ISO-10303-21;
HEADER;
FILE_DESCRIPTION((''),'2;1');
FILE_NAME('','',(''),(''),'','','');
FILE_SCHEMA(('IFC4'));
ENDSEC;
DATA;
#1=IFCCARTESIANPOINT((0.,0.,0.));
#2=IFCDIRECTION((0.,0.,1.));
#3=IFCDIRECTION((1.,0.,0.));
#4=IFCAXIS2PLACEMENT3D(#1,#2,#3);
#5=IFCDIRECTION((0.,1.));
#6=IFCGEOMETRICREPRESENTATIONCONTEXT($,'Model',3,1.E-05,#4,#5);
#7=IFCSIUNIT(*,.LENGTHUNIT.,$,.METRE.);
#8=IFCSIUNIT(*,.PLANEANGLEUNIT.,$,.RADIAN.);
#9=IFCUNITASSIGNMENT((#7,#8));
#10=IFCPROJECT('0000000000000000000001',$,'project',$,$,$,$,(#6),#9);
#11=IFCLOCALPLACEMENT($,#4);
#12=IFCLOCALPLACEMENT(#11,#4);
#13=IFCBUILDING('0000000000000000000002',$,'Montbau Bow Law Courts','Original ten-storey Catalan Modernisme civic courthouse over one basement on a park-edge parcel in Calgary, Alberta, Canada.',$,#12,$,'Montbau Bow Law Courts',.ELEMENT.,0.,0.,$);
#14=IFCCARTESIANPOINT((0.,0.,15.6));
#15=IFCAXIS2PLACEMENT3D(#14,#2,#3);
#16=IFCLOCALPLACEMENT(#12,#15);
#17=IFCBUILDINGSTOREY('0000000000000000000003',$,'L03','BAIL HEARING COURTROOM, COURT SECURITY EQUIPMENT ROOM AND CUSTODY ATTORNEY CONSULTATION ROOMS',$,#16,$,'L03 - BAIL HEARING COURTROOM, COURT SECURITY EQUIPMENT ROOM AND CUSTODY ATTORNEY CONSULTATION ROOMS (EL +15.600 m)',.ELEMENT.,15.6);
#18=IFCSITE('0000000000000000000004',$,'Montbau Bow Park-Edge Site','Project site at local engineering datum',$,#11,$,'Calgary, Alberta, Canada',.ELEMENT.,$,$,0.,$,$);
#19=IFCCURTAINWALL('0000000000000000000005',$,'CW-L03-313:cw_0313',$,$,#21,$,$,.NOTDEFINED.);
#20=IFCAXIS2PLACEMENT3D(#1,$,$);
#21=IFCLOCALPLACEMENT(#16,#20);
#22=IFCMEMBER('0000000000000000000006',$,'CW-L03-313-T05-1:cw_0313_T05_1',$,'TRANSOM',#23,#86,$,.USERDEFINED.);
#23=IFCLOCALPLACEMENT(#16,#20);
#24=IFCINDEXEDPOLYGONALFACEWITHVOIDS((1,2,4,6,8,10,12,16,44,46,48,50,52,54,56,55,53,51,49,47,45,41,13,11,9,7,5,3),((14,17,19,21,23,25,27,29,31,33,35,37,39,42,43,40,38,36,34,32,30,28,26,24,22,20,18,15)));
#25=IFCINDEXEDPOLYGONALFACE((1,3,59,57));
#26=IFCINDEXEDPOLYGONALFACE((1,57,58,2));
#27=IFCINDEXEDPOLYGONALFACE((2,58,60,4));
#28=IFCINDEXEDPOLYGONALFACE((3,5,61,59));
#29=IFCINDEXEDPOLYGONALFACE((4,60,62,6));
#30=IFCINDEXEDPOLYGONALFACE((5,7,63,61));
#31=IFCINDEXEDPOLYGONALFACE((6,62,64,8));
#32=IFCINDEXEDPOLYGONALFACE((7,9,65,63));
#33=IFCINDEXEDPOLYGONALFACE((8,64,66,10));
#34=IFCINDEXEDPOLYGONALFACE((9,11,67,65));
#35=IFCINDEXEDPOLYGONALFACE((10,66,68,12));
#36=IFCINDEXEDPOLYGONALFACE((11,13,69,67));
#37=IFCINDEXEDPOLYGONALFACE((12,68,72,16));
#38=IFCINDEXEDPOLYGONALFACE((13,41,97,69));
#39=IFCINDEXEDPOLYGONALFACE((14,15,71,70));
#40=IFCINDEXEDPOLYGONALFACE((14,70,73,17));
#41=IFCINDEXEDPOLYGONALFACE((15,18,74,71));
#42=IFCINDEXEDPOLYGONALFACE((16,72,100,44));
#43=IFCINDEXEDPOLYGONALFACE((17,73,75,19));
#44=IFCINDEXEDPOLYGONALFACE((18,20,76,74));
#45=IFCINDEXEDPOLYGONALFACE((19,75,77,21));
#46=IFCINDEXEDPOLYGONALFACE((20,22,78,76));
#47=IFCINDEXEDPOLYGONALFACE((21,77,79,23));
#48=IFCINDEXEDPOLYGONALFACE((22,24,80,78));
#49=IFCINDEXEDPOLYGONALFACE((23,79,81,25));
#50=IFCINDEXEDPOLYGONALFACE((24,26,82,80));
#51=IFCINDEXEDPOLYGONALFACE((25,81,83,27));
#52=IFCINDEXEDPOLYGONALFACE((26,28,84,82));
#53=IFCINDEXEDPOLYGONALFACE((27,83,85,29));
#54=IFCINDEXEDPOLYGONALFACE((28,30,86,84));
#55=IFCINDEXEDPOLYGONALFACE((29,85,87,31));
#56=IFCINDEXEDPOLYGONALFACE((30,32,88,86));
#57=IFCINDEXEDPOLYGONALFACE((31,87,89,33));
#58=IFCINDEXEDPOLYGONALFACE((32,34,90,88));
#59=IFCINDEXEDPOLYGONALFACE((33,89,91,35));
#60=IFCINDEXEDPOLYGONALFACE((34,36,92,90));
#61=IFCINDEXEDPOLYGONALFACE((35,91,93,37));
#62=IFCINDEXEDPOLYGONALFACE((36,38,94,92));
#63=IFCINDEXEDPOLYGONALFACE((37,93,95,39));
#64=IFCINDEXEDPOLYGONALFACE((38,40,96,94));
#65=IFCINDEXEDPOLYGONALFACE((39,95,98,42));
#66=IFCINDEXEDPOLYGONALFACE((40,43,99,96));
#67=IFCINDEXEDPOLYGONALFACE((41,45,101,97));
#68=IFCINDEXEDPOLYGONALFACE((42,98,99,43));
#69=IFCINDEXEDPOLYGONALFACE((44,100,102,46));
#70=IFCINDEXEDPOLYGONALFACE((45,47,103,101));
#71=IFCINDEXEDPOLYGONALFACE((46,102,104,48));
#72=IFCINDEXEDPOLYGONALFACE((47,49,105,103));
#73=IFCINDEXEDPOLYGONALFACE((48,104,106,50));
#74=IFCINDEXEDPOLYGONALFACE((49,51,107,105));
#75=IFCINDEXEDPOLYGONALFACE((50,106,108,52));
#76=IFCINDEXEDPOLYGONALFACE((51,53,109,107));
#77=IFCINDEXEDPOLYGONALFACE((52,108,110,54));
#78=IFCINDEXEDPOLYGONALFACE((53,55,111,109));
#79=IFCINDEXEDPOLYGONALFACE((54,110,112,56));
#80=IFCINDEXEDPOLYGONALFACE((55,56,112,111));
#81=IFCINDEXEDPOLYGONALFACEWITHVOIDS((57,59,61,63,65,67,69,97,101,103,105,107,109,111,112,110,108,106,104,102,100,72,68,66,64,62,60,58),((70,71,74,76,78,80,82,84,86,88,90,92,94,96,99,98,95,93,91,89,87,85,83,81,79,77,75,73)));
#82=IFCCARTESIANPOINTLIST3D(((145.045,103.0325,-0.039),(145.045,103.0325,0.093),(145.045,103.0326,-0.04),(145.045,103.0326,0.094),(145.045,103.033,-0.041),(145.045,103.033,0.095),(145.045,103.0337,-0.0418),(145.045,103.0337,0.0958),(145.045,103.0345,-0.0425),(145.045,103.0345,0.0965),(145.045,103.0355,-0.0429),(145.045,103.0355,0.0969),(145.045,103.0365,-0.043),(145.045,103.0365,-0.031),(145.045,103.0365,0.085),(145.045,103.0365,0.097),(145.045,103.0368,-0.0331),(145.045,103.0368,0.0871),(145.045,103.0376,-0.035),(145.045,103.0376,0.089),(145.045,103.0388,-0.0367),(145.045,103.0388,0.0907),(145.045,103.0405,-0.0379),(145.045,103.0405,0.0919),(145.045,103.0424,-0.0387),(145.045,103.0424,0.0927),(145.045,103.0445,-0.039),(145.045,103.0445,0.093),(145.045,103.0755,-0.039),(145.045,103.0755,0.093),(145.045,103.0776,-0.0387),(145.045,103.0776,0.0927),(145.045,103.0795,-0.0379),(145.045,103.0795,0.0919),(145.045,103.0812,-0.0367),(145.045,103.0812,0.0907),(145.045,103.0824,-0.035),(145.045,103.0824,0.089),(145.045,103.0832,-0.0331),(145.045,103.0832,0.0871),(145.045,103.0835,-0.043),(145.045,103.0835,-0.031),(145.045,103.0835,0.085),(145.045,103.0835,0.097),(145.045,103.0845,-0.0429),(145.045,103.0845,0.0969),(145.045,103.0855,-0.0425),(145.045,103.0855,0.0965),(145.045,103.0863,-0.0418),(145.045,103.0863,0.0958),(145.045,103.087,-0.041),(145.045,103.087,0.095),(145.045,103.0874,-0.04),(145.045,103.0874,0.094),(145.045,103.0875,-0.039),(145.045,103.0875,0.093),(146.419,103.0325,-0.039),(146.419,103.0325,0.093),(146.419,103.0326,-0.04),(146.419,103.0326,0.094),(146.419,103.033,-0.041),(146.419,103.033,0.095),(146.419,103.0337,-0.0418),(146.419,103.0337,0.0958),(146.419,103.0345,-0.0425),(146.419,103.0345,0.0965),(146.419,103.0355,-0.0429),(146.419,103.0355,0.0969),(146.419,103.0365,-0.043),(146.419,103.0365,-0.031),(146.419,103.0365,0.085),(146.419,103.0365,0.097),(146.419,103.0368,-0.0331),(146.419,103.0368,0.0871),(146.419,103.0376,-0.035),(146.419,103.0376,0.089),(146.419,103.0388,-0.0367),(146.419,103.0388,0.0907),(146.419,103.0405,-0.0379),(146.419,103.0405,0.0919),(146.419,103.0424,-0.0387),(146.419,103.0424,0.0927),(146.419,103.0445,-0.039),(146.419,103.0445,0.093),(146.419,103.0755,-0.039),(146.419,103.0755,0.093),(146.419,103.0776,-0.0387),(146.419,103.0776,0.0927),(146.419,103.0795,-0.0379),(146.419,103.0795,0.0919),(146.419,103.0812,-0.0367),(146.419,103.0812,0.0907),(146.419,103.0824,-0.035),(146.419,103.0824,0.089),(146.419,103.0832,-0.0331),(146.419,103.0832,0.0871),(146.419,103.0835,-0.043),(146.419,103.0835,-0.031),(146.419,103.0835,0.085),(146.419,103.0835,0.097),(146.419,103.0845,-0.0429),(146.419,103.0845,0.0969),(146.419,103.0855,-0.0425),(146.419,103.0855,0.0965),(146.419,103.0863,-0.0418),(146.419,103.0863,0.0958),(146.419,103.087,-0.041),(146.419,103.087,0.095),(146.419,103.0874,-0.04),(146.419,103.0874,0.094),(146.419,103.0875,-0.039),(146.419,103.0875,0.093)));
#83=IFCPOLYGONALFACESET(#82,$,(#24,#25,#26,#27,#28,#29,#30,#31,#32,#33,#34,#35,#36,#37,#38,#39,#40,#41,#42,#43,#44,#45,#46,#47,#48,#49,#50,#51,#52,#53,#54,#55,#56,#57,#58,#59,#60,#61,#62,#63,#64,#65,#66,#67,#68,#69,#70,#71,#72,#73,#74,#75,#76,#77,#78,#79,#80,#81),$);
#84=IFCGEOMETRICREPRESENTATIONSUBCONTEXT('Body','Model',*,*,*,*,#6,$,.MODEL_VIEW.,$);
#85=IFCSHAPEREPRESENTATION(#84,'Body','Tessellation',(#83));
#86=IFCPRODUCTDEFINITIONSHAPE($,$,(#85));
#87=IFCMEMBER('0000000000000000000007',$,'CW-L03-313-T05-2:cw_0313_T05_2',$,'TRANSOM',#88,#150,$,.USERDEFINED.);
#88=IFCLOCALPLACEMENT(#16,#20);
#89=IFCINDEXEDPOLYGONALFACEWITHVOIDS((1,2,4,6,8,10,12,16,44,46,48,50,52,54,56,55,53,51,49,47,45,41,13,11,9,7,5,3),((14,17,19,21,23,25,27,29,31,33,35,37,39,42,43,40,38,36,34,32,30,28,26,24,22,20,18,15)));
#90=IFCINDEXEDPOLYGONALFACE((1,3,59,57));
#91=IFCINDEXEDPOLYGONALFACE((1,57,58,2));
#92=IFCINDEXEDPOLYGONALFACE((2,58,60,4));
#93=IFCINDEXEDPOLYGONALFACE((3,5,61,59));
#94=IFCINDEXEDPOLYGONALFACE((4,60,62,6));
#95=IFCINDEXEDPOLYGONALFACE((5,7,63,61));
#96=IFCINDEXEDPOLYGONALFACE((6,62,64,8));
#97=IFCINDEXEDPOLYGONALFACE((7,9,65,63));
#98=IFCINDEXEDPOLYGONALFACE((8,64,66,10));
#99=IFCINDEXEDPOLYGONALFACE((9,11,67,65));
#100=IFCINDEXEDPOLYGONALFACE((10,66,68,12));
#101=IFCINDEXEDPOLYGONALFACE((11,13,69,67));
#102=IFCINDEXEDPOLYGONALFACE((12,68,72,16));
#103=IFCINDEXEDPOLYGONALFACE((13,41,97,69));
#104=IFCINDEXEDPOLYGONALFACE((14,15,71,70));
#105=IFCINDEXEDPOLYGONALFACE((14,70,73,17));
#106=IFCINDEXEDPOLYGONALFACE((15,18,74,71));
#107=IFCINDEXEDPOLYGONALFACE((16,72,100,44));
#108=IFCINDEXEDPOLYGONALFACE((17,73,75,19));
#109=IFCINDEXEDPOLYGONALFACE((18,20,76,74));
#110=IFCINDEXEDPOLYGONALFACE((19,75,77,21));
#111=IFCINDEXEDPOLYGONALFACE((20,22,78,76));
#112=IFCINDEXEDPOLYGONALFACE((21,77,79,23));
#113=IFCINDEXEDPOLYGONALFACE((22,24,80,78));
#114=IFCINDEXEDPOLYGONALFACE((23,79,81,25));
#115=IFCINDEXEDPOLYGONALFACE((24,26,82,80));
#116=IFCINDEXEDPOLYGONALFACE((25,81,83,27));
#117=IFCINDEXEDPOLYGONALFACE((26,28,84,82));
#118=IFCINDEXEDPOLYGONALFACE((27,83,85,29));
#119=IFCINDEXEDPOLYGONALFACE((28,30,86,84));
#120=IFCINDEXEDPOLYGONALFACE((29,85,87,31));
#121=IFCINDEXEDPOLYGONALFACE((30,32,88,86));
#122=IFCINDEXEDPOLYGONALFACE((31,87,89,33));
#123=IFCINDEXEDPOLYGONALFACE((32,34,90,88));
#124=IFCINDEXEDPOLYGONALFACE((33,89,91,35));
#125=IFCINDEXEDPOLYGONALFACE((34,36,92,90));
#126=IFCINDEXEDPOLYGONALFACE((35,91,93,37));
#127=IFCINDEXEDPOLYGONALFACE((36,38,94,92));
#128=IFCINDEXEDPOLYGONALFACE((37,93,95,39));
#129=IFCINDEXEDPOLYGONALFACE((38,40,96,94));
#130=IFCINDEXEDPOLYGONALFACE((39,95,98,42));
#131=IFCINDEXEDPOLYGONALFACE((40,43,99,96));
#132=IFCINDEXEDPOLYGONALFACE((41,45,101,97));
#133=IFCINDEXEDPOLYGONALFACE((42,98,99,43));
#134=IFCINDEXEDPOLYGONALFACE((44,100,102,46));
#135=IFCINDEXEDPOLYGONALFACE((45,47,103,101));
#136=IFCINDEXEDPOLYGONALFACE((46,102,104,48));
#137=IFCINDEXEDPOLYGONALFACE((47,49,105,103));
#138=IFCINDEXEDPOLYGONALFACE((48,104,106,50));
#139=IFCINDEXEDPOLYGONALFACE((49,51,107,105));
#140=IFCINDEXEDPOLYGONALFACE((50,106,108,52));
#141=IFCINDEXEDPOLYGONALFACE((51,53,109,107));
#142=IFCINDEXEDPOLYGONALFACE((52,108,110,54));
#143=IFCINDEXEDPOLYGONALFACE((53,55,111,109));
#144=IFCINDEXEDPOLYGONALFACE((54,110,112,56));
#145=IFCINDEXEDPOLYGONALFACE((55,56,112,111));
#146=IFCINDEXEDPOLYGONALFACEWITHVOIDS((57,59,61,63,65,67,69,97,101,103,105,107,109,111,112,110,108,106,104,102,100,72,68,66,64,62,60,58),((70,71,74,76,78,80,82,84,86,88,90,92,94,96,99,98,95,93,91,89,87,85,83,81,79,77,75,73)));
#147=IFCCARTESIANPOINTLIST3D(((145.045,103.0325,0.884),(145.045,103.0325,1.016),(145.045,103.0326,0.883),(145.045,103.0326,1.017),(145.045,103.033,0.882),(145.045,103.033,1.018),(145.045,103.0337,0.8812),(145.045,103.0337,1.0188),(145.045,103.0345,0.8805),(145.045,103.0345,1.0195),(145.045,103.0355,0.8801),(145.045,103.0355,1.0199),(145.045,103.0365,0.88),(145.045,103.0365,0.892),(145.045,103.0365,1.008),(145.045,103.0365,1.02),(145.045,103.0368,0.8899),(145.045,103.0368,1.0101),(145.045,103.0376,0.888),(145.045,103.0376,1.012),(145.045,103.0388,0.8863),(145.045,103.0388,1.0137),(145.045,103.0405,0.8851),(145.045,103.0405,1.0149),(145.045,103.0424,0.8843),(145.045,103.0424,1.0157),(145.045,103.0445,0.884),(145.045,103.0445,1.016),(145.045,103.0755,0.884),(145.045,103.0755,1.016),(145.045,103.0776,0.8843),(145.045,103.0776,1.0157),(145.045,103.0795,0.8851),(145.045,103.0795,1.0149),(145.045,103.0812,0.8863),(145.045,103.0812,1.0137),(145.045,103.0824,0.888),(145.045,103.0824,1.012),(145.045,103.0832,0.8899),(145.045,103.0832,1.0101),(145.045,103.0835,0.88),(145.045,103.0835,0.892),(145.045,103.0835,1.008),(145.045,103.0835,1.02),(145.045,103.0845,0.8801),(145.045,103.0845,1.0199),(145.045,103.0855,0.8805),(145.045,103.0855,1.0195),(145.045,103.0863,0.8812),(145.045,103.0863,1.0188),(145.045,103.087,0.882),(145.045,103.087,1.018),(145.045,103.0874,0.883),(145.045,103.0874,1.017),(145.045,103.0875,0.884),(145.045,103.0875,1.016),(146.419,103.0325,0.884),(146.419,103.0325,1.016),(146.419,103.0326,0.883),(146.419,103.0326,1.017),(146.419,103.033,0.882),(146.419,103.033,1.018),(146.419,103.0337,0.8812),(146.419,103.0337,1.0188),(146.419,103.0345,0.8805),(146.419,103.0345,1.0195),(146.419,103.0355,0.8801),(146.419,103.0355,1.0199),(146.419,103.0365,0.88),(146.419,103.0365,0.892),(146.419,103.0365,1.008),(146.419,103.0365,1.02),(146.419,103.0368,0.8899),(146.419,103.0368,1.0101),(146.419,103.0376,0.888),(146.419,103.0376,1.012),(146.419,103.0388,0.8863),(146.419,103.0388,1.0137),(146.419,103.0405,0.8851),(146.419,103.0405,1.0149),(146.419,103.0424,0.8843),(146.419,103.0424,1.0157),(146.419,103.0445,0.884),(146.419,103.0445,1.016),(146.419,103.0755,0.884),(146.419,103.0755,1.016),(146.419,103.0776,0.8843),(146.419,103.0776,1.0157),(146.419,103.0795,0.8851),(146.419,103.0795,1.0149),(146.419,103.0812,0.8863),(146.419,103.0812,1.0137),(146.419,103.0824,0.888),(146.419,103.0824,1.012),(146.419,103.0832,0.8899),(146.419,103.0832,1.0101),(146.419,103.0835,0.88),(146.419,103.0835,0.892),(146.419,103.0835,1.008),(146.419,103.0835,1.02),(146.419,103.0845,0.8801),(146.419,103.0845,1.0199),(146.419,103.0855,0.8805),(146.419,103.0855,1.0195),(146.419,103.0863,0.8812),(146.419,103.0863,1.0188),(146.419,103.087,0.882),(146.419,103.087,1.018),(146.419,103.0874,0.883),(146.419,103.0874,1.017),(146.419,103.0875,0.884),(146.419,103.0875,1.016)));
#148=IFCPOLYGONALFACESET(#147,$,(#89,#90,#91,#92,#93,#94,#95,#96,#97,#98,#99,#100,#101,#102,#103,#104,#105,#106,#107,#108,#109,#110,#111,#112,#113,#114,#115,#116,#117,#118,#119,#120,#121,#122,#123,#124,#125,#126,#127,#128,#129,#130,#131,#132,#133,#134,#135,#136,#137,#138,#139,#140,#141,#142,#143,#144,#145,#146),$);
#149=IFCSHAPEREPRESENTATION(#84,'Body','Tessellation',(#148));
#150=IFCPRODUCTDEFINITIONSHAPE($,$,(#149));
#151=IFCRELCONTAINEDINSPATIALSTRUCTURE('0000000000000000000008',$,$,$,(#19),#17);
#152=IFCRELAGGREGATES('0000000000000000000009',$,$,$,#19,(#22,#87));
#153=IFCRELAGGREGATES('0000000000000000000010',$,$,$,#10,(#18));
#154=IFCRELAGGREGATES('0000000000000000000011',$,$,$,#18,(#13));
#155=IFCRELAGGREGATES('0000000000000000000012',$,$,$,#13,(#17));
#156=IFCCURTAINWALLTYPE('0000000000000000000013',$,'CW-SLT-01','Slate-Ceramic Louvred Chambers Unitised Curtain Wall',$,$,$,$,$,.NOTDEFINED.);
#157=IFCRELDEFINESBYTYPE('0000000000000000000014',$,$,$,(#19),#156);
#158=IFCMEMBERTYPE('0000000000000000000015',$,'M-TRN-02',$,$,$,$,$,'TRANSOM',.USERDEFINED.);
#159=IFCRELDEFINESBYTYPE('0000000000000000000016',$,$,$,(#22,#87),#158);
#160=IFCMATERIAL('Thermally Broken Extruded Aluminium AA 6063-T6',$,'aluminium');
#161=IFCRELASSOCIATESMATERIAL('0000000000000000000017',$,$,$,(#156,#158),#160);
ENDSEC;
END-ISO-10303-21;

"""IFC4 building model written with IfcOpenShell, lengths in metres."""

from ifc_helpers import new_model, si_unit, direction, frame, origin_with_axes, origin_2d_with_axis, place, context, subcontext, project, spatial, hollow_rectangle, extrude, material, material_profile, profile_set, type_object, element, aggregate, save


model = new_model("IFC4")

# Units and contexts
model_context = context("Model", 3, precision=1e-05, world=origin_with_axes(), true_north=direction((0.0, 1.0)))
body_context = subcontext(model_context, "Body", "Model", "MODEL_VIEW")
ifc_project = project(units=[si_unit("LENGTHUNIT", "METRE"), si_unit("PLANEANGLEUNIT", "RADIAN")], contexts=[model_context])

# Site, building, storey
site_placement = place(None, origin_with_axes())
site = spatial("IfcSite", under=ifc_project, at=site_placement, Name="Montbau Bow Park-Edge Site", Description="Project site at local engineering datum", LongName="Calgary, Alberta, Canada", CompositionType="ELEMENT", RefElevation=0.0)
building_placement = place(site_placement, origin_with_axes())
building = spatial("IfcBuilding", under=site, at=building_placement, Name="Montbau Bow Law Courts", Description="Original ten-storey Catalan Modernisme civic courthouse over one basement on a park-edge parcel in Calgary, Alberta, Canada.", LongName="Montbau Bow Law Courts", CompositionType="ELEMENT", ElevationOfRefHeight=0.0, ElevationOfTerrain=0.0)
storey_placement = place(building_placement, frame((0.0, 0.0, 15.6), z_axis=(0.0, 0.0, 1.0), x_axis=(1.0, 0.0, 0.0)))
storey = spatial("IfcBuildingStorey", under=building, at=storey_placement, Name="L03", Description="BAIL HEARING COURTROOM, COURT SECURITY EQUIPMENT ROOM AND CUSTODY ATTORNEY CONSULTATION ROOMS", LongName="L03 - BAIL HEARING COURTROOM, COURT SECURITY EQUIPMENT ROOM AND CUSTODY ATTORNEY CONSULTATION ROOMS (EL +15.600 m)", CompositionType="ELEMENT", Elevation=15.6)

# Curtain wall, members
ifc_material_1 = material(Name="Thermally Broken Extruded Aluminium AA 6063-T6", Category="aluminium")
curtain_wall_type = type_object("IfcCurtainWallType", Name="CW-SLT-01", Description="Slate-Ceramic Louvred Chambers Unitised Curtain Wall", PredefinedType="NOTDEFINED", material=ifc_material_1)
curtain_wall_placement = place(None, frame((139.115, 103.06, 15.6), z_axis=(0.0, 0.0, 1.0), x_axis=(1.0, 0.0, 0.0)))
curtain_wall = element("IfcCurtainWall", 1, at=curtain_wall_placement, inside=storey, type_object=curtain_wall_type, Name="CW-L03-313:cw_0313", PredefinedType="NOTDEFINED")
ifc_material_profile_1 = material_profile(ifc_material_1, hollow_rectangle(XDim=0.055, YDim=0.14, WallThickness=0.004, InnerFilletRadius=0.008, OuterFilletRadius=0.004, at=origin_2d_with_axis()), Name="CWT-140X55", Category="Main", Priority=0)
ifc_profile_set_1 = profile_set([ifc_material_profile_1], Name="Thermally Broken Extruded Aluminium AA 6063-T6")
member_type_1 = type_object("IfcMemberType", Name="M-TRN-02", ElementType="TRANSOM", PredefinedType="USERDEFINED", material=ifc_profile_set_1)
member_1_placement = place(None, frame((145.045, 103.06, 15.627), z_axis=(1.0, 0.0, 0.0), x_axis=(0.0, 1.0, 0.0)))
member_1 = element("IfcMember", 2, at=member_1_placement, type_object=member_type_1, Name="CW-L03-313-T05-1:cw_0313_T05_1", ObjectType="TRANSOM", PredefinedType="USERDEFINED", context=body_context, shape_type="SweptSolid", body=[
    extrude(hollow_rectangle(XDim=0.055, YDim=0.14, WallThickness=0.004, InnerFilletRadius=0.008, OuterFilletRadius=0.004, at=origin_2d_with_axis()), origin_with_axes(), (0.0, 0.0, 1.0), 1.374),
])
member_2_placement = place(None, frame((145.045, 103.06, 16.55), z_axis=(1.0, 0.0, 0.0), x_axis=(0.0, 1.0, 0.0)))
member_2 = element("IfcMember", 3, at=member_2_placement, type_object=member_type_1, Name="CW-L03-313-T05-2:cw_0313_T05_2", ObjectType="TRANSOM", PredefinedType="USERDEFINED", context=body_context, shape_type="SweptSolid", body=[
    extrude(hollow_rectangle(XDim=0.055, YDim=0.14, WallThickness=0.004, InnerFilletRadius=0.008, OuterFilletRadius=0.004, at=origin_2d_with_axis()), origin_with_axes(), (0.0, 0.0, 1.0), 1.374),
])
aggregate(curtain_wall, [member_1, member_2])

save(model, "model.ifc")
